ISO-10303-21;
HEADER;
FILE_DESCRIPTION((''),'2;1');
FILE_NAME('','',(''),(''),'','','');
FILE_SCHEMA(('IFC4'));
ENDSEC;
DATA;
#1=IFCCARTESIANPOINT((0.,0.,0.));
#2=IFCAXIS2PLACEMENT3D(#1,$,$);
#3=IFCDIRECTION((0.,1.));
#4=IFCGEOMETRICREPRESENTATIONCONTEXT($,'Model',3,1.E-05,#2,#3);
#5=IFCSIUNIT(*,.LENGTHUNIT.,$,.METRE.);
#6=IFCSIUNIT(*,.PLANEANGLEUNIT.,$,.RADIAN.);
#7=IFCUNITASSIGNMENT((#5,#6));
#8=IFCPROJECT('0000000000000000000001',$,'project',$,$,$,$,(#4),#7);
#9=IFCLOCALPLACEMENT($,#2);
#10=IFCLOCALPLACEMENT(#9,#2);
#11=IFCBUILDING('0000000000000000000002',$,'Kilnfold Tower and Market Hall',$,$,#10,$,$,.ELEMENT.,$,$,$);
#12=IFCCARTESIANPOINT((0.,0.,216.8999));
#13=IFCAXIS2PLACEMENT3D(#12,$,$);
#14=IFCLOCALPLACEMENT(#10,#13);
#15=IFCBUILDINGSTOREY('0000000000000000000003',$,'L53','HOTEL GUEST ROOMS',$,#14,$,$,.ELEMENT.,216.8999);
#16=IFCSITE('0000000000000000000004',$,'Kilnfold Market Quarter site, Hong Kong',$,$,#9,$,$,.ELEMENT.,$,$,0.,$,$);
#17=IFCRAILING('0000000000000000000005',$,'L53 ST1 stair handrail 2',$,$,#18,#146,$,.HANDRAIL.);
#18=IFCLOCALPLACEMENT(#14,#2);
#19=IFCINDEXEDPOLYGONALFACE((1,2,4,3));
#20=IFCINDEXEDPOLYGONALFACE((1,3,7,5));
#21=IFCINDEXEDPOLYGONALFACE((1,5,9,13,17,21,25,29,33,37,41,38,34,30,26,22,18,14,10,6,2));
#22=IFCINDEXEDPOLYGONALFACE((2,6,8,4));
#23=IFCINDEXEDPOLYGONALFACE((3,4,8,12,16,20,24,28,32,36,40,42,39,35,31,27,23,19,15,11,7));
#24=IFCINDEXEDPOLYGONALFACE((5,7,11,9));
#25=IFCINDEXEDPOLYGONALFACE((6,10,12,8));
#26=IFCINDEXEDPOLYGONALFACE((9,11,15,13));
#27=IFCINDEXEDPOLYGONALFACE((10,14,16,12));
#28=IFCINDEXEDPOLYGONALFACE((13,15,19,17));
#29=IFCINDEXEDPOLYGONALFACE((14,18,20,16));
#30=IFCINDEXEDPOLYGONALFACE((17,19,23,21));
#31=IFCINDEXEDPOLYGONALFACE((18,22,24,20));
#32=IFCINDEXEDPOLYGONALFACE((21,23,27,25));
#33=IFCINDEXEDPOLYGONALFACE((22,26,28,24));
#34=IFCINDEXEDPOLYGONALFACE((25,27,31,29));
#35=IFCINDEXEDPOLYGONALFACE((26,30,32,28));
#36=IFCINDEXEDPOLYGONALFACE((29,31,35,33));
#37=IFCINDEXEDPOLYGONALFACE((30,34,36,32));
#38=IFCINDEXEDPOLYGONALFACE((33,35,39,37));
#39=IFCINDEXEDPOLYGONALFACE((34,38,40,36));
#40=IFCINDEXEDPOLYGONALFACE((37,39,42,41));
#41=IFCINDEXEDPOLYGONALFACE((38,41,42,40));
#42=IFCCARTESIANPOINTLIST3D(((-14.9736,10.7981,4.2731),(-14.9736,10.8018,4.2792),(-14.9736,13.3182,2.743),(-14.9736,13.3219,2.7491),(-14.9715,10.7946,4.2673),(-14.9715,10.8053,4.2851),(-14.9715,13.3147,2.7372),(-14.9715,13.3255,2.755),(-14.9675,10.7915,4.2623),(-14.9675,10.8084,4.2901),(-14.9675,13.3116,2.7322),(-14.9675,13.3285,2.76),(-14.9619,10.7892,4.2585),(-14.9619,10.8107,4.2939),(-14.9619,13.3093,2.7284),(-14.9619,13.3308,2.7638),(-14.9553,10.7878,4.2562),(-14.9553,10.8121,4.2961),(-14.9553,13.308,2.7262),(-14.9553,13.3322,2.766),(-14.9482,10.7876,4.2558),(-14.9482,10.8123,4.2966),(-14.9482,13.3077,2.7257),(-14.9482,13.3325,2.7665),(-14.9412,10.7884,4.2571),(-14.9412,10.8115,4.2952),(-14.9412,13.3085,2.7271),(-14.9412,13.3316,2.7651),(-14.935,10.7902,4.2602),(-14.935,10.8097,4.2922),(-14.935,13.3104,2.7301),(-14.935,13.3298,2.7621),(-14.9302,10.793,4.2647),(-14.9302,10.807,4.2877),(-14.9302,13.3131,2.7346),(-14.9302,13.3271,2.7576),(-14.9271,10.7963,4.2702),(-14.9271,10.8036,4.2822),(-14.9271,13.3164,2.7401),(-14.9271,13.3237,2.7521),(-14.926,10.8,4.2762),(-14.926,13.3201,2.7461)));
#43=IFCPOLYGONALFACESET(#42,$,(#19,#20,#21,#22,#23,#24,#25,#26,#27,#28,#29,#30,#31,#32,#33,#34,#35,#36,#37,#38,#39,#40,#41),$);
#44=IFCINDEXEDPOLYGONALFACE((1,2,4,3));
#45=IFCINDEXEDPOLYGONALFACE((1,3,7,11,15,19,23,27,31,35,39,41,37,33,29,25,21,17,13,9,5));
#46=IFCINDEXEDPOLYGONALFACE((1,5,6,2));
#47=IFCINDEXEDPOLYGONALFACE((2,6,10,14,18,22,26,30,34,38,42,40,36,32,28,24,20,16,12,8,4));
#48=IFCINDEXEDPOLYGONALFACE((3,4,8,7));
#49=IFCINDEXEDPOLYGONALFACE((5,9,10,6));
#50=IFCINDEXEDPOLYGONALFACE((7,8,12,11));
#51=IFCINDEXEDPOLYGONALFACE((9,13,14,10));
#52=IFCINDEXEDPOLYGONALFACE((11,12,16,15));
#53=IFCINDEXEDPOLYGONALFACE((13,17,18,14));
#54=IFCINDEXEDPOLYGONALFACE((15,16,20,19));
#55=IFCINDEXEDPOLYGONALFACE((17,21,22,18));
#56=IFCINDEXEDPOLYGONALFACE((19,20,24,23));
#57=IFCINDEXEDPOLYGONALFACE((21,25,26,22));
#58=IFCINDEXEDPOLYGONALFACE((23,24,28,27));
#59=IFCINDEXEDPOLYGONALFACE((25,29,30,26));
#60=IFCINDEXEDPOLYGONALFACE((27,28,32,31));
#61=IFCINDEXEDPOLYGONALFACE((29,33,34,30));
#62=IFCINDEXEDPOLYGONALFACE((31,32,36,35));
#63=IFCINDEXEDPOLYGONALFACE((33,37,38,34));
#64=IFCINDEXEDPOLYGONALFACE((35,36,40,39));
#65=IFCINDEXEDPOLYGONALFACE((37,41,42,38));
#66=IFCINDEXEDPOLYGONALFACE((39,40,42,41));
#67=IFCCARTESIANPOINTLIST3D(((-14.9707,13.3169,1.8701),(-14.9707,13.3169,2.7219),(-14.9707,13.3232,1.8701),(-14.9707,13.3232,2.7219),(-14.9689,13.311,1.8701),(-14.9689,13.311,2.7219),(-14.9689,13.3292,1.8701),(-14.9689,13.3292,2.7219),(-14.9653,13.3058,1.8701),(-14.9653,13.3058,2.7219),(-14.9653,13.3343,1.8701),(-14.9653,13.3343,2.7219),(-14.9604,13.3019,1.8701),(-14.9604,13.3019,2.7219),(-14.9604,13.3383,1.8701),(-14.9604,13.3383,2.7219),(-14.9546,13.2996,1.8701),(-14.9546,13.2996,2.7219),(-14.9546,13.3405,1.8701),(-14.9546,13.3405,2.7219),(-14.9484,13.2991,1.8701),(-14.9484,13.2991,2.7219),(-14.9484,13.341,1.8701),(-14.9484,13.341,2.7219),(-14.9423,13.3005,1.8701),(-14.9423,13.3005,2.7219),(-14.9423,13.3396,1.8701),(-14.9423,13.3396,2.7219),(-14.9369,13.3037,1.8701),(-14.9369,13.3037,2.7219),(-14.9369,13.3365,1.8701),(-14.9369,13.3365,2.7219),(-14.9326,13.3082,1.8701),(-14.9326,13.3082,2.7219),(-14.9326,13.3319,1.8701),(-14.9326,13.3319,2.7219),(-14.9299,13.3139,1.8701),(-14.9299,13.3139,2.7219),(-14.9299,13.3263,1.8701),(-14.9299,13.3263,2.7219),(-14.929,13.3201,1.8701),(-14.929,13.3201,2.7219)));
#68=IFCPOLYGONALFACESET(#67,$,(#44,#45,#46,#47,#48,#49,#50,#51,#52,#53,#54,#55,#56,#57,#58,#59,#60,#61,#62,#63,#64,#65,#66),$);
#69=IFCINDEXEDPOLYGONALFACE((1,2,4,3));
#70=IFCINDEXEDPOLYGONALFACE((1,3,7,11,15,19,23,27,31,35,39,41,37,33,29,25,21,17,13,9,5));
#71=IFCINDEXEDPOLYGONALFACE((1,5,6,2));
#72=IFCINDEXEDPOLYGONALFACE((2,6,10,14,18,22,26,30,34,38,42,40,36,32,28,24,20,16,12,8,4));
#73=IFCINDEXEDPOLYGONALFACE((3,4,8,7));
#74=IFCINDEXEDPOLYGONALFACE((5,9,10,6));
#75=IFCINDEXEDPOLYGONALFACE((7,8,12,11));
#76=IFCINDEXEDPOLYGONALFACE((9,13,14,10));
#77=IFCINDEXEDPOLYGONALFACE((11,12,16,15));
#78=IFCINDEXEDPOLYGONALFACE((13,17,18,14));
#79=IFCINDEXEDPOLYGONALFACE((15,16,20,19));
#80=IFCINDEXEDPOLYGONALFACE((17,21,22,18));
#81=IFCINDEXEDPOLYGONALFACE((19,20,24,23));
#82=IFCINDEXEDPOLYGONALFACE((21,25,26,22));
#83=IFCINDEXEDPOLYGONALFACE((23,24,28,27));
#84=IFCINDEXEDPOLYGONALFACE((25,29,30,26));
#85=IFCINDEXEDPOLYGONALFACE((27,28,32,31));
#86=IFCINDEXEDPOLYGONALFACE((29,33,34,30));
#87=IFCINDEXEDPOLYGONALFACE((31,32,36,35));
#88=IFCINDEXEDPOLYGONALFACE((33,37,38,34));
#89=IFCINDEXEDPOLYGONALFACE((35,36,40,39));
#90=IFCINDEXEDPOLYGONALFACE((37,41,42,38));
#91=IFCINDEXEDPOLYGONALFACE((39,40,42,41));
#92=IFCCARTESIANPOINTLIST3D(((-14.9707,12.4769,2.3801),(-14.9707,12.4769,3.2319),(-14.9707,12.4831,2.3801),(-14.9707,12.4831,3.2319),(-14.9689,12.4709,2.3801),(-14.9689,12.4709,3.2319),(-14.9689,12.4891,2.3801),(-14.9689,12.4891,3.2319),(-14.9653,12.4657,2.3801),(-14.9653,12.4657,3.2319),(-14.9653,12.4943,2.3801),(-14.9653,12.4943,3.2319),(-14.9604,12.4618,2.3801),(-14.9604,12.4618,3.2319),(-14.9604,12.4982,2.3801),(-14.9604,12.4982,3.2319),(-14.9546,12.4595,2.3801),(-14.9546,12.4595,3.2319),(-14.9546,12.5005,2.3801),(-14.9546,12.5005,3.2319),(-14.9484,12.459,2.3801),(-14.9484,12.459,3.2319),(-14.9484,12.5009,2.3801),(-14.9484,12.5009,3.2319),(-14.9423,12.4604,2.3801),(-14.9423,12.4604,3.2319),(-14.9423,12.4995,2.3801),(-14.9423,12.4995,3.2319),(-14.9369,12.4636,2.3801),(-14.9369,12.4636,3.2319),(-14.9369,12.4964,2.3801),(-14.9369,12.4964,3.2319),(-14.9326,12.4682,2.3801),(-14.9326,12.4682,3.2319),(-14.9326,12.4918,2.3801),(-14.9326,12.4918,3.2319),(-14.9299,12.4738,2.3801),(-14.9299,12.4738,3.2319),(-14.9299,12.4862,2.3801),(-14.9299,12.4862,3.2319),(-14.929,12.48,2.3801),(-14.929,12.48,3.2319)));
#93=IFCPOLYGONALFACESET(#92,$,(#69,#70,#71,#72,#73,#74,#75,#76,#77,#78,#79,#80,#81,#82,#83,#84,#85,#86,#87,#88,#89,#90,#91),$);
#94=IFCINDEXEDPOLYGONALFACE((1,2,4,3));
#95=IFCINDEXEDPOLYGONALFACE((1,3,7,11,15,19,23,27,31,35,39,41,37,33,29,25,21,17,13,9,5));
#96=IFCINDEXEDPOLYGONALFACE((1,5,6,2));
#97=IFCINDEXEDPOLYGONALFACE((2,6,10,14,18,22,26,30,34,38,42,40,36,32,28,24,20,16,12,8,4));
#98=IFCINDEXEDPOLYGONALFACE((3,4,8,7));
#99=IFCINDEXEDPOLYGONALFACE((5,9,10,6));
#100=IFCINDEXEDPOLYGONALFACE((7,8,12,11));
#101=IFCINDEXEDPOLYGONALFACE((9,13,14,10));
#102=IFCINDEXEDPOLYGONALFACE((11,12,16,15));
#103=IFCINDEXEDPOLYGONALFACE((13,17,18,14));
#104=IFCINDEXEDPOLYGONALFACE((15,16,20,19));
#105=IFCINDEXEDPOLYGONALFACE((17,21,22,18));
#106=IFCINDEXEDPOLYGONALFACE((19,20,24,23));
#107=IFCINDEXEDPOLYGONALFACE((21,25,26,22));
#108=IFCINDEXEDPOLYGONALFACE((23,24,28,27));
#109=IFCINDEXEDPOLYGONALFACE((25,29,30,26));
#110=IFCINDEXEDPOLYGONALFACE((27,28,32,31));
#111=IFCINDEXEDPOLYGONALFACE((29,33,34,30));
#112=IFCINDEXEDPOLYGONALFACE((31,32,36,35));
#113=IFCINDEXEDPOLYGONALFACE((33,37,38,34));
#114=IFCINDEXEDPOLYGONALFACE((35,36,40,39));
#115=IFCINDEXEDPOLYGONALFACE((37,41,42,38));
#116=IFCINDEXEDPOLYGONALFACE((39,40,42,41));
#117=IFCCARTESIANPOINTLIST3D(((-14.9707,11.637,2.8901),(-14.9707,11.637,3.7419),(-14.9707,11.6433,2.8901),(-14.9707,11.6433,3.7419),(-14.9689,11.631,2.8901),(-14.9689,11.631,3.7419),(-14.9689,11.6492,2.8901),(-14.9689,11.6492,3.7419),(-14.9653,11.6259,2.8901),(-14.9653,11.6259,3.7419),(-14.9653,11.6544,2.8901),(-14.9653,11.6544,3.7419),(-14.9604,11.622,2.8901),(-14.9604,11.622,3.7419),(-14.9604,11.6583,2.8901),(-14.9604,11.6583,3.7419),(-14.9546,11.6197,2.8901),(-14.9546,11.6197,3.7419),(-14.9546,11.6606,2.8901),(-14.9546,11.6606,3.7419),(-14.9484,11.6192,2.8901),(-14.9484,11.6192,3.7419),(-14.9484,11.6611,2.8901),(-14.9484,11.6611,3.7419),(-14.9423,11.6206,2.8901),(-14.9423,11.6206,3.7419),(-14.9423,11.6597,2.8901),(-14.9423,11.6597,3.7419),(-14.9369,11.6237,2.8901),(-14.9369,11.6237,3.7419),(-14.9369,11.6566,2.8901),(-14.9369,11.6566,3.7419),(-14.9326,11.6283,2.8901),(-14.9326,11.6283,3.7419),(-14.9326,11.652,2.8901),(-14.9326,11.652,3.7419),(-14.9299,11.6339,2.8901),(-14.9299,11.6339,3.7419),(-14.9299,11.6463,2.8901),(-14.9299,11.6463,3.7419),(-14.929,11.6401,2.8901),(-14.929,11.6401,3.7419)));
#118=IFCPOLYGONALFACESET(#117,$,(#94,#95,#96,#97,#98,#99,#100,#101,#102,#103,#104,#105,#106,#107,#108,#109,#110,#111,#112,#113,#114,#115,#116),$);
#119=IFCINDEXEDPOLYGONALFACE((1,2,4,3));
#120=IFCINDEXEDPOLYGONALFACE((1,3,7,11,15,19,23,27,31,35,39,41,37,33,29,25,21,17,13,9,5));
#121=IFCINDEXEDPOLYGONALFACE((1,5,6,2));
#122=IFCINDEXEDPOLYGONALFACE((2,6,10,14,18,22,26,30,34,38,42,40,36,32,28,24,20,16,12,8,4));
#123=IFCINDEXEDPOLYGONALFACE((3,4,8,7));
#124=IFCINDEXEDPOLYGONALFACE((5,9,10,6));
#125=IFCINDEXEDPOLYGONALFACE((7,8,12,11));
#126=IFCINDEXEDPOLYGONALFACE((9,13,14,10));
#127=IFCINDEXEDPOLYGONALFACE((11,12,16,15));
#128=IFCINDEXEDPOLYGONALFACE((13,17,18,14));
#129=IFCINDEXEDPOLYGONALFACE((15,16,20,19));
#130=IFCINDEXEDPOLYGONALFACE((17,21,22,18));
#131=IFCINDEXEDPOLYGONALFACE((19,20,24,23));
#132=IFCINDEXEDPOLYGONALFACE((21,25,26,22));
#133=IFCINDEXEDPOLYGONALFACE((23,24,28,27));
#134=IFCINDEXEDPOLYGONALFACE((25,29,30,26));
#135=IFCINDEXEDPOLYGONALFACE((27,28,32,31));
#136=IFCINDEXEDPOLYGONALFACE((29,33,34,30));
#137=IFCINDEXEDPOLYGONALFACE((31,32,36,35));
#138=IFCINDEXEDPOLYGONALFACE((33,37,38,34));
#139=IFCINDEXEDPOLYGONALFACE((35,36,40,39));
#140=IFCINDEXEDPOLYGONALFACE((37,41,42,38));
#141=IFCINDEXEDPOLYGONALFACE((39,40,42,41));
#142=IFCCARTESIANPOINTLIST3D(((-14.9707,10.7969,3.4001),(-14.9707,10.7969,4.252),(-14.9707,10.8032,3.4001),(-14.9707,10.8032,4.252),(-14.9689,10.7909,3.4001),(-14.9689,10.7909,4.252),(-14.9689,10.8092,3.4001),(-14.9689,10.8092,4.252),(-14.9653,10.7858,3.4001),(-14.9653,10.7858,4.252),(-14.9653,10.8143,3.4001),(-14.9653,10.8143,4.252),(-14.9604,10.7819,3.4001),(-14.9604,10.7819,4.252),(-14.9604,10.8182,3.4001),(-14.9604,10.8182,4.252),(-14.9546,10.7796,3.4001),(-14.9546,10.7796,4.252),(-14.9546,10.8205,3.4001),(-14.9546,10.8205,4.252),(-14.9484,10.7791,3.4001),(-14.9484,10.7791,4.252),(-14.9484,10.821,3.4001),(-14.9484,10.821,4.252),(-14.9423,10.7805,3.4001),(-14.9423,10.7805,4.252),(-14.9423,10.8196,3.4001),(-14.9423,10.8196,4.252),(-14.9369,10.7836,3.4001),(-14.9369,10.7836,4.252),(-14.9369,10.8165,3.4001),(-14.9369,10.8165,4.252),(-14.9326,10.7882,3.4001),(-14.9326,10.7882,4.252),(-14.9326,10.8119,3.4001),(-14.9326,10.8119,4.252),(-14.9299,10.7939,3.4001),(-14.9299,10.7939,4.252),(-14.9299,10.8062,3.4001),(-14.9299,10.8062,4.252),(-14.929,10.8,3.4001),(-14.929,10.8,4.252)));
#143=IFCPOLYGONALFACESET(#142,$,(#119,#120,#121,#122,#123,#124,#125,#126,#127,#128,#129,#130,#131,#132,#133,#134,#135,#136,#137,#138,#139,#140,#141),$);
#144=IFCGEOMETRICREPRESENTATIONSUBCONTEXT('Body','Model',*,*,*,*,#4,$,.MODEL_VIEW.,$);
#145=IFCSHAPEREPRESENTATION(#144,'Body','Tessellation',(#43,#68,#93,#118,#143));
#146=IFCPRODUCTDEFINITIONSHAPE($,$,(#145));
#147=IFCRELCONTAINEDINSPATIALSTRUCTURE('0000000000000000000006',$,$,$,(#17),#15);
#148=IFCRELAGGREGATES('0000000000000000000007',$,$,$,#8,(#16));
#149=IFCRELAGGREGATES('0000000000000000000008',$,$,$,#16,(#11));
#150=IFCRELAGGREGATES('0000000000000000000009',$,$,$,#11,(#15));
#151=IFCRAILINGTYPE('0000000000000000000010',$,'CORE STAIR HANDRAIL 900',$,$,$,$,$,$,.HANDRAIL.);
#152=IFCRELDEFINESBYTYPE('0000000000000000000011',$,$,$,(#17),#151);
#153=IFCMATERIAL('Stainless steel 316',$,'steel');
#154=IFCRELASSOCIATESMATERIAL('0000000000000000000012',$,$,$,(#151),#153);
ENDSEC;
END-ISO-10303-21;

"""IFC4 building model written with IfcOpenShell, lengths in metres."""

from ifc_helpers import new_model, si_unit, direction, frame, origin, origin_2d, place, context, subcontext, project, spatial, circle, extrude, material, type_object, element, save


model = new_model("IFC4")

# Units and contexts
model_context = context("Model", 3, precision=1e-05, world=origin(), true_north=direction((0.0, 1.0)))
body_context = subcontext(model_context, "Body", "Model", "MODEL_VIEW")
ifc_project = project(units=[si_unit("LENGTHUNIT", "METRE"), si_unit("PLANEANGLEUNIT", "RADIAN")], contexts=[model_context])

# Site, building, storey
site_placement = place(None, origin())
site = spatial("IfcSite", under=ifc_project, at=site_placement, Name="Kilnfold Market Quarter site, Hong Kong", CompositionType="ELEMENT", RefElevation=0.0)
building_placement = place(site_placement, origin())
building = spatial("IfcBuilding", under=site, at=building_placement, Name="Kilnfold Tower and Market Hall", CompositionType="ELEMENT")
storey_placement = place(building_placement, frame((0.0, 0.0, 216.8999)))
storey = spatial("IfcBuildingStorey", under=building, at=storey_placement, Name="L53", Description="HOTEL GUEST ROOMS", CompositionType="ELEMENT", Elevation=216.8999)

# Railing
ifc_material_1 = material(Name="Stainless steel 316", Category="steel")
railing_type_1 = type_object("IfcRailingType", Name="CORE STAIR HANDRAIL 900", PredefinedType="HANDRAIL", material=ifc_material_1)
railing_1_placement = place(storey_placement, frame((-14.95, 13.3201, 1.8701)))
element("IfcRailing", 1, at=railing_1_placement, inside=storey, type_object=railing_type_1, Name="L53 ST1 stair handrail 2", PredefinedType="HANDRAIL", context=body_context, shape_type="SweptSolid", body=[
    extrude(circle(Radius=0.0239, at=origin_2d()), frame((0.0, 0.0, 0.876), z_axis=(0.0, -0.854785, 0.518982), x_axis=(1.0, 0.0, 0.0)), (0.0, 0.0, 1.0), 2.9482),
    extrude(circle(Radius=0.021, at=origin_2d()), origin(), (0.0, 0.0, 1.0), 0.8518),
    extrude(circle(Radius=0.021, at=origin_2d()), frame((0.0, -0.8401, 0.51)), (0.0, 0.0, 1.0), 0.8518),
    extrude(circle(Radius=0.021, at=origin_2d()), frame((0.0, -1.6799, 1.02)), (0.0, 0.0, 1.0), 0.8518),
    extrude(circle(Radius=0.021, at=origin_2d()), frame((0.0, -2.52, 1.53)), (0.0, 0.0, 1.0), 0.8518),
])

save(model, "model.ifc")
